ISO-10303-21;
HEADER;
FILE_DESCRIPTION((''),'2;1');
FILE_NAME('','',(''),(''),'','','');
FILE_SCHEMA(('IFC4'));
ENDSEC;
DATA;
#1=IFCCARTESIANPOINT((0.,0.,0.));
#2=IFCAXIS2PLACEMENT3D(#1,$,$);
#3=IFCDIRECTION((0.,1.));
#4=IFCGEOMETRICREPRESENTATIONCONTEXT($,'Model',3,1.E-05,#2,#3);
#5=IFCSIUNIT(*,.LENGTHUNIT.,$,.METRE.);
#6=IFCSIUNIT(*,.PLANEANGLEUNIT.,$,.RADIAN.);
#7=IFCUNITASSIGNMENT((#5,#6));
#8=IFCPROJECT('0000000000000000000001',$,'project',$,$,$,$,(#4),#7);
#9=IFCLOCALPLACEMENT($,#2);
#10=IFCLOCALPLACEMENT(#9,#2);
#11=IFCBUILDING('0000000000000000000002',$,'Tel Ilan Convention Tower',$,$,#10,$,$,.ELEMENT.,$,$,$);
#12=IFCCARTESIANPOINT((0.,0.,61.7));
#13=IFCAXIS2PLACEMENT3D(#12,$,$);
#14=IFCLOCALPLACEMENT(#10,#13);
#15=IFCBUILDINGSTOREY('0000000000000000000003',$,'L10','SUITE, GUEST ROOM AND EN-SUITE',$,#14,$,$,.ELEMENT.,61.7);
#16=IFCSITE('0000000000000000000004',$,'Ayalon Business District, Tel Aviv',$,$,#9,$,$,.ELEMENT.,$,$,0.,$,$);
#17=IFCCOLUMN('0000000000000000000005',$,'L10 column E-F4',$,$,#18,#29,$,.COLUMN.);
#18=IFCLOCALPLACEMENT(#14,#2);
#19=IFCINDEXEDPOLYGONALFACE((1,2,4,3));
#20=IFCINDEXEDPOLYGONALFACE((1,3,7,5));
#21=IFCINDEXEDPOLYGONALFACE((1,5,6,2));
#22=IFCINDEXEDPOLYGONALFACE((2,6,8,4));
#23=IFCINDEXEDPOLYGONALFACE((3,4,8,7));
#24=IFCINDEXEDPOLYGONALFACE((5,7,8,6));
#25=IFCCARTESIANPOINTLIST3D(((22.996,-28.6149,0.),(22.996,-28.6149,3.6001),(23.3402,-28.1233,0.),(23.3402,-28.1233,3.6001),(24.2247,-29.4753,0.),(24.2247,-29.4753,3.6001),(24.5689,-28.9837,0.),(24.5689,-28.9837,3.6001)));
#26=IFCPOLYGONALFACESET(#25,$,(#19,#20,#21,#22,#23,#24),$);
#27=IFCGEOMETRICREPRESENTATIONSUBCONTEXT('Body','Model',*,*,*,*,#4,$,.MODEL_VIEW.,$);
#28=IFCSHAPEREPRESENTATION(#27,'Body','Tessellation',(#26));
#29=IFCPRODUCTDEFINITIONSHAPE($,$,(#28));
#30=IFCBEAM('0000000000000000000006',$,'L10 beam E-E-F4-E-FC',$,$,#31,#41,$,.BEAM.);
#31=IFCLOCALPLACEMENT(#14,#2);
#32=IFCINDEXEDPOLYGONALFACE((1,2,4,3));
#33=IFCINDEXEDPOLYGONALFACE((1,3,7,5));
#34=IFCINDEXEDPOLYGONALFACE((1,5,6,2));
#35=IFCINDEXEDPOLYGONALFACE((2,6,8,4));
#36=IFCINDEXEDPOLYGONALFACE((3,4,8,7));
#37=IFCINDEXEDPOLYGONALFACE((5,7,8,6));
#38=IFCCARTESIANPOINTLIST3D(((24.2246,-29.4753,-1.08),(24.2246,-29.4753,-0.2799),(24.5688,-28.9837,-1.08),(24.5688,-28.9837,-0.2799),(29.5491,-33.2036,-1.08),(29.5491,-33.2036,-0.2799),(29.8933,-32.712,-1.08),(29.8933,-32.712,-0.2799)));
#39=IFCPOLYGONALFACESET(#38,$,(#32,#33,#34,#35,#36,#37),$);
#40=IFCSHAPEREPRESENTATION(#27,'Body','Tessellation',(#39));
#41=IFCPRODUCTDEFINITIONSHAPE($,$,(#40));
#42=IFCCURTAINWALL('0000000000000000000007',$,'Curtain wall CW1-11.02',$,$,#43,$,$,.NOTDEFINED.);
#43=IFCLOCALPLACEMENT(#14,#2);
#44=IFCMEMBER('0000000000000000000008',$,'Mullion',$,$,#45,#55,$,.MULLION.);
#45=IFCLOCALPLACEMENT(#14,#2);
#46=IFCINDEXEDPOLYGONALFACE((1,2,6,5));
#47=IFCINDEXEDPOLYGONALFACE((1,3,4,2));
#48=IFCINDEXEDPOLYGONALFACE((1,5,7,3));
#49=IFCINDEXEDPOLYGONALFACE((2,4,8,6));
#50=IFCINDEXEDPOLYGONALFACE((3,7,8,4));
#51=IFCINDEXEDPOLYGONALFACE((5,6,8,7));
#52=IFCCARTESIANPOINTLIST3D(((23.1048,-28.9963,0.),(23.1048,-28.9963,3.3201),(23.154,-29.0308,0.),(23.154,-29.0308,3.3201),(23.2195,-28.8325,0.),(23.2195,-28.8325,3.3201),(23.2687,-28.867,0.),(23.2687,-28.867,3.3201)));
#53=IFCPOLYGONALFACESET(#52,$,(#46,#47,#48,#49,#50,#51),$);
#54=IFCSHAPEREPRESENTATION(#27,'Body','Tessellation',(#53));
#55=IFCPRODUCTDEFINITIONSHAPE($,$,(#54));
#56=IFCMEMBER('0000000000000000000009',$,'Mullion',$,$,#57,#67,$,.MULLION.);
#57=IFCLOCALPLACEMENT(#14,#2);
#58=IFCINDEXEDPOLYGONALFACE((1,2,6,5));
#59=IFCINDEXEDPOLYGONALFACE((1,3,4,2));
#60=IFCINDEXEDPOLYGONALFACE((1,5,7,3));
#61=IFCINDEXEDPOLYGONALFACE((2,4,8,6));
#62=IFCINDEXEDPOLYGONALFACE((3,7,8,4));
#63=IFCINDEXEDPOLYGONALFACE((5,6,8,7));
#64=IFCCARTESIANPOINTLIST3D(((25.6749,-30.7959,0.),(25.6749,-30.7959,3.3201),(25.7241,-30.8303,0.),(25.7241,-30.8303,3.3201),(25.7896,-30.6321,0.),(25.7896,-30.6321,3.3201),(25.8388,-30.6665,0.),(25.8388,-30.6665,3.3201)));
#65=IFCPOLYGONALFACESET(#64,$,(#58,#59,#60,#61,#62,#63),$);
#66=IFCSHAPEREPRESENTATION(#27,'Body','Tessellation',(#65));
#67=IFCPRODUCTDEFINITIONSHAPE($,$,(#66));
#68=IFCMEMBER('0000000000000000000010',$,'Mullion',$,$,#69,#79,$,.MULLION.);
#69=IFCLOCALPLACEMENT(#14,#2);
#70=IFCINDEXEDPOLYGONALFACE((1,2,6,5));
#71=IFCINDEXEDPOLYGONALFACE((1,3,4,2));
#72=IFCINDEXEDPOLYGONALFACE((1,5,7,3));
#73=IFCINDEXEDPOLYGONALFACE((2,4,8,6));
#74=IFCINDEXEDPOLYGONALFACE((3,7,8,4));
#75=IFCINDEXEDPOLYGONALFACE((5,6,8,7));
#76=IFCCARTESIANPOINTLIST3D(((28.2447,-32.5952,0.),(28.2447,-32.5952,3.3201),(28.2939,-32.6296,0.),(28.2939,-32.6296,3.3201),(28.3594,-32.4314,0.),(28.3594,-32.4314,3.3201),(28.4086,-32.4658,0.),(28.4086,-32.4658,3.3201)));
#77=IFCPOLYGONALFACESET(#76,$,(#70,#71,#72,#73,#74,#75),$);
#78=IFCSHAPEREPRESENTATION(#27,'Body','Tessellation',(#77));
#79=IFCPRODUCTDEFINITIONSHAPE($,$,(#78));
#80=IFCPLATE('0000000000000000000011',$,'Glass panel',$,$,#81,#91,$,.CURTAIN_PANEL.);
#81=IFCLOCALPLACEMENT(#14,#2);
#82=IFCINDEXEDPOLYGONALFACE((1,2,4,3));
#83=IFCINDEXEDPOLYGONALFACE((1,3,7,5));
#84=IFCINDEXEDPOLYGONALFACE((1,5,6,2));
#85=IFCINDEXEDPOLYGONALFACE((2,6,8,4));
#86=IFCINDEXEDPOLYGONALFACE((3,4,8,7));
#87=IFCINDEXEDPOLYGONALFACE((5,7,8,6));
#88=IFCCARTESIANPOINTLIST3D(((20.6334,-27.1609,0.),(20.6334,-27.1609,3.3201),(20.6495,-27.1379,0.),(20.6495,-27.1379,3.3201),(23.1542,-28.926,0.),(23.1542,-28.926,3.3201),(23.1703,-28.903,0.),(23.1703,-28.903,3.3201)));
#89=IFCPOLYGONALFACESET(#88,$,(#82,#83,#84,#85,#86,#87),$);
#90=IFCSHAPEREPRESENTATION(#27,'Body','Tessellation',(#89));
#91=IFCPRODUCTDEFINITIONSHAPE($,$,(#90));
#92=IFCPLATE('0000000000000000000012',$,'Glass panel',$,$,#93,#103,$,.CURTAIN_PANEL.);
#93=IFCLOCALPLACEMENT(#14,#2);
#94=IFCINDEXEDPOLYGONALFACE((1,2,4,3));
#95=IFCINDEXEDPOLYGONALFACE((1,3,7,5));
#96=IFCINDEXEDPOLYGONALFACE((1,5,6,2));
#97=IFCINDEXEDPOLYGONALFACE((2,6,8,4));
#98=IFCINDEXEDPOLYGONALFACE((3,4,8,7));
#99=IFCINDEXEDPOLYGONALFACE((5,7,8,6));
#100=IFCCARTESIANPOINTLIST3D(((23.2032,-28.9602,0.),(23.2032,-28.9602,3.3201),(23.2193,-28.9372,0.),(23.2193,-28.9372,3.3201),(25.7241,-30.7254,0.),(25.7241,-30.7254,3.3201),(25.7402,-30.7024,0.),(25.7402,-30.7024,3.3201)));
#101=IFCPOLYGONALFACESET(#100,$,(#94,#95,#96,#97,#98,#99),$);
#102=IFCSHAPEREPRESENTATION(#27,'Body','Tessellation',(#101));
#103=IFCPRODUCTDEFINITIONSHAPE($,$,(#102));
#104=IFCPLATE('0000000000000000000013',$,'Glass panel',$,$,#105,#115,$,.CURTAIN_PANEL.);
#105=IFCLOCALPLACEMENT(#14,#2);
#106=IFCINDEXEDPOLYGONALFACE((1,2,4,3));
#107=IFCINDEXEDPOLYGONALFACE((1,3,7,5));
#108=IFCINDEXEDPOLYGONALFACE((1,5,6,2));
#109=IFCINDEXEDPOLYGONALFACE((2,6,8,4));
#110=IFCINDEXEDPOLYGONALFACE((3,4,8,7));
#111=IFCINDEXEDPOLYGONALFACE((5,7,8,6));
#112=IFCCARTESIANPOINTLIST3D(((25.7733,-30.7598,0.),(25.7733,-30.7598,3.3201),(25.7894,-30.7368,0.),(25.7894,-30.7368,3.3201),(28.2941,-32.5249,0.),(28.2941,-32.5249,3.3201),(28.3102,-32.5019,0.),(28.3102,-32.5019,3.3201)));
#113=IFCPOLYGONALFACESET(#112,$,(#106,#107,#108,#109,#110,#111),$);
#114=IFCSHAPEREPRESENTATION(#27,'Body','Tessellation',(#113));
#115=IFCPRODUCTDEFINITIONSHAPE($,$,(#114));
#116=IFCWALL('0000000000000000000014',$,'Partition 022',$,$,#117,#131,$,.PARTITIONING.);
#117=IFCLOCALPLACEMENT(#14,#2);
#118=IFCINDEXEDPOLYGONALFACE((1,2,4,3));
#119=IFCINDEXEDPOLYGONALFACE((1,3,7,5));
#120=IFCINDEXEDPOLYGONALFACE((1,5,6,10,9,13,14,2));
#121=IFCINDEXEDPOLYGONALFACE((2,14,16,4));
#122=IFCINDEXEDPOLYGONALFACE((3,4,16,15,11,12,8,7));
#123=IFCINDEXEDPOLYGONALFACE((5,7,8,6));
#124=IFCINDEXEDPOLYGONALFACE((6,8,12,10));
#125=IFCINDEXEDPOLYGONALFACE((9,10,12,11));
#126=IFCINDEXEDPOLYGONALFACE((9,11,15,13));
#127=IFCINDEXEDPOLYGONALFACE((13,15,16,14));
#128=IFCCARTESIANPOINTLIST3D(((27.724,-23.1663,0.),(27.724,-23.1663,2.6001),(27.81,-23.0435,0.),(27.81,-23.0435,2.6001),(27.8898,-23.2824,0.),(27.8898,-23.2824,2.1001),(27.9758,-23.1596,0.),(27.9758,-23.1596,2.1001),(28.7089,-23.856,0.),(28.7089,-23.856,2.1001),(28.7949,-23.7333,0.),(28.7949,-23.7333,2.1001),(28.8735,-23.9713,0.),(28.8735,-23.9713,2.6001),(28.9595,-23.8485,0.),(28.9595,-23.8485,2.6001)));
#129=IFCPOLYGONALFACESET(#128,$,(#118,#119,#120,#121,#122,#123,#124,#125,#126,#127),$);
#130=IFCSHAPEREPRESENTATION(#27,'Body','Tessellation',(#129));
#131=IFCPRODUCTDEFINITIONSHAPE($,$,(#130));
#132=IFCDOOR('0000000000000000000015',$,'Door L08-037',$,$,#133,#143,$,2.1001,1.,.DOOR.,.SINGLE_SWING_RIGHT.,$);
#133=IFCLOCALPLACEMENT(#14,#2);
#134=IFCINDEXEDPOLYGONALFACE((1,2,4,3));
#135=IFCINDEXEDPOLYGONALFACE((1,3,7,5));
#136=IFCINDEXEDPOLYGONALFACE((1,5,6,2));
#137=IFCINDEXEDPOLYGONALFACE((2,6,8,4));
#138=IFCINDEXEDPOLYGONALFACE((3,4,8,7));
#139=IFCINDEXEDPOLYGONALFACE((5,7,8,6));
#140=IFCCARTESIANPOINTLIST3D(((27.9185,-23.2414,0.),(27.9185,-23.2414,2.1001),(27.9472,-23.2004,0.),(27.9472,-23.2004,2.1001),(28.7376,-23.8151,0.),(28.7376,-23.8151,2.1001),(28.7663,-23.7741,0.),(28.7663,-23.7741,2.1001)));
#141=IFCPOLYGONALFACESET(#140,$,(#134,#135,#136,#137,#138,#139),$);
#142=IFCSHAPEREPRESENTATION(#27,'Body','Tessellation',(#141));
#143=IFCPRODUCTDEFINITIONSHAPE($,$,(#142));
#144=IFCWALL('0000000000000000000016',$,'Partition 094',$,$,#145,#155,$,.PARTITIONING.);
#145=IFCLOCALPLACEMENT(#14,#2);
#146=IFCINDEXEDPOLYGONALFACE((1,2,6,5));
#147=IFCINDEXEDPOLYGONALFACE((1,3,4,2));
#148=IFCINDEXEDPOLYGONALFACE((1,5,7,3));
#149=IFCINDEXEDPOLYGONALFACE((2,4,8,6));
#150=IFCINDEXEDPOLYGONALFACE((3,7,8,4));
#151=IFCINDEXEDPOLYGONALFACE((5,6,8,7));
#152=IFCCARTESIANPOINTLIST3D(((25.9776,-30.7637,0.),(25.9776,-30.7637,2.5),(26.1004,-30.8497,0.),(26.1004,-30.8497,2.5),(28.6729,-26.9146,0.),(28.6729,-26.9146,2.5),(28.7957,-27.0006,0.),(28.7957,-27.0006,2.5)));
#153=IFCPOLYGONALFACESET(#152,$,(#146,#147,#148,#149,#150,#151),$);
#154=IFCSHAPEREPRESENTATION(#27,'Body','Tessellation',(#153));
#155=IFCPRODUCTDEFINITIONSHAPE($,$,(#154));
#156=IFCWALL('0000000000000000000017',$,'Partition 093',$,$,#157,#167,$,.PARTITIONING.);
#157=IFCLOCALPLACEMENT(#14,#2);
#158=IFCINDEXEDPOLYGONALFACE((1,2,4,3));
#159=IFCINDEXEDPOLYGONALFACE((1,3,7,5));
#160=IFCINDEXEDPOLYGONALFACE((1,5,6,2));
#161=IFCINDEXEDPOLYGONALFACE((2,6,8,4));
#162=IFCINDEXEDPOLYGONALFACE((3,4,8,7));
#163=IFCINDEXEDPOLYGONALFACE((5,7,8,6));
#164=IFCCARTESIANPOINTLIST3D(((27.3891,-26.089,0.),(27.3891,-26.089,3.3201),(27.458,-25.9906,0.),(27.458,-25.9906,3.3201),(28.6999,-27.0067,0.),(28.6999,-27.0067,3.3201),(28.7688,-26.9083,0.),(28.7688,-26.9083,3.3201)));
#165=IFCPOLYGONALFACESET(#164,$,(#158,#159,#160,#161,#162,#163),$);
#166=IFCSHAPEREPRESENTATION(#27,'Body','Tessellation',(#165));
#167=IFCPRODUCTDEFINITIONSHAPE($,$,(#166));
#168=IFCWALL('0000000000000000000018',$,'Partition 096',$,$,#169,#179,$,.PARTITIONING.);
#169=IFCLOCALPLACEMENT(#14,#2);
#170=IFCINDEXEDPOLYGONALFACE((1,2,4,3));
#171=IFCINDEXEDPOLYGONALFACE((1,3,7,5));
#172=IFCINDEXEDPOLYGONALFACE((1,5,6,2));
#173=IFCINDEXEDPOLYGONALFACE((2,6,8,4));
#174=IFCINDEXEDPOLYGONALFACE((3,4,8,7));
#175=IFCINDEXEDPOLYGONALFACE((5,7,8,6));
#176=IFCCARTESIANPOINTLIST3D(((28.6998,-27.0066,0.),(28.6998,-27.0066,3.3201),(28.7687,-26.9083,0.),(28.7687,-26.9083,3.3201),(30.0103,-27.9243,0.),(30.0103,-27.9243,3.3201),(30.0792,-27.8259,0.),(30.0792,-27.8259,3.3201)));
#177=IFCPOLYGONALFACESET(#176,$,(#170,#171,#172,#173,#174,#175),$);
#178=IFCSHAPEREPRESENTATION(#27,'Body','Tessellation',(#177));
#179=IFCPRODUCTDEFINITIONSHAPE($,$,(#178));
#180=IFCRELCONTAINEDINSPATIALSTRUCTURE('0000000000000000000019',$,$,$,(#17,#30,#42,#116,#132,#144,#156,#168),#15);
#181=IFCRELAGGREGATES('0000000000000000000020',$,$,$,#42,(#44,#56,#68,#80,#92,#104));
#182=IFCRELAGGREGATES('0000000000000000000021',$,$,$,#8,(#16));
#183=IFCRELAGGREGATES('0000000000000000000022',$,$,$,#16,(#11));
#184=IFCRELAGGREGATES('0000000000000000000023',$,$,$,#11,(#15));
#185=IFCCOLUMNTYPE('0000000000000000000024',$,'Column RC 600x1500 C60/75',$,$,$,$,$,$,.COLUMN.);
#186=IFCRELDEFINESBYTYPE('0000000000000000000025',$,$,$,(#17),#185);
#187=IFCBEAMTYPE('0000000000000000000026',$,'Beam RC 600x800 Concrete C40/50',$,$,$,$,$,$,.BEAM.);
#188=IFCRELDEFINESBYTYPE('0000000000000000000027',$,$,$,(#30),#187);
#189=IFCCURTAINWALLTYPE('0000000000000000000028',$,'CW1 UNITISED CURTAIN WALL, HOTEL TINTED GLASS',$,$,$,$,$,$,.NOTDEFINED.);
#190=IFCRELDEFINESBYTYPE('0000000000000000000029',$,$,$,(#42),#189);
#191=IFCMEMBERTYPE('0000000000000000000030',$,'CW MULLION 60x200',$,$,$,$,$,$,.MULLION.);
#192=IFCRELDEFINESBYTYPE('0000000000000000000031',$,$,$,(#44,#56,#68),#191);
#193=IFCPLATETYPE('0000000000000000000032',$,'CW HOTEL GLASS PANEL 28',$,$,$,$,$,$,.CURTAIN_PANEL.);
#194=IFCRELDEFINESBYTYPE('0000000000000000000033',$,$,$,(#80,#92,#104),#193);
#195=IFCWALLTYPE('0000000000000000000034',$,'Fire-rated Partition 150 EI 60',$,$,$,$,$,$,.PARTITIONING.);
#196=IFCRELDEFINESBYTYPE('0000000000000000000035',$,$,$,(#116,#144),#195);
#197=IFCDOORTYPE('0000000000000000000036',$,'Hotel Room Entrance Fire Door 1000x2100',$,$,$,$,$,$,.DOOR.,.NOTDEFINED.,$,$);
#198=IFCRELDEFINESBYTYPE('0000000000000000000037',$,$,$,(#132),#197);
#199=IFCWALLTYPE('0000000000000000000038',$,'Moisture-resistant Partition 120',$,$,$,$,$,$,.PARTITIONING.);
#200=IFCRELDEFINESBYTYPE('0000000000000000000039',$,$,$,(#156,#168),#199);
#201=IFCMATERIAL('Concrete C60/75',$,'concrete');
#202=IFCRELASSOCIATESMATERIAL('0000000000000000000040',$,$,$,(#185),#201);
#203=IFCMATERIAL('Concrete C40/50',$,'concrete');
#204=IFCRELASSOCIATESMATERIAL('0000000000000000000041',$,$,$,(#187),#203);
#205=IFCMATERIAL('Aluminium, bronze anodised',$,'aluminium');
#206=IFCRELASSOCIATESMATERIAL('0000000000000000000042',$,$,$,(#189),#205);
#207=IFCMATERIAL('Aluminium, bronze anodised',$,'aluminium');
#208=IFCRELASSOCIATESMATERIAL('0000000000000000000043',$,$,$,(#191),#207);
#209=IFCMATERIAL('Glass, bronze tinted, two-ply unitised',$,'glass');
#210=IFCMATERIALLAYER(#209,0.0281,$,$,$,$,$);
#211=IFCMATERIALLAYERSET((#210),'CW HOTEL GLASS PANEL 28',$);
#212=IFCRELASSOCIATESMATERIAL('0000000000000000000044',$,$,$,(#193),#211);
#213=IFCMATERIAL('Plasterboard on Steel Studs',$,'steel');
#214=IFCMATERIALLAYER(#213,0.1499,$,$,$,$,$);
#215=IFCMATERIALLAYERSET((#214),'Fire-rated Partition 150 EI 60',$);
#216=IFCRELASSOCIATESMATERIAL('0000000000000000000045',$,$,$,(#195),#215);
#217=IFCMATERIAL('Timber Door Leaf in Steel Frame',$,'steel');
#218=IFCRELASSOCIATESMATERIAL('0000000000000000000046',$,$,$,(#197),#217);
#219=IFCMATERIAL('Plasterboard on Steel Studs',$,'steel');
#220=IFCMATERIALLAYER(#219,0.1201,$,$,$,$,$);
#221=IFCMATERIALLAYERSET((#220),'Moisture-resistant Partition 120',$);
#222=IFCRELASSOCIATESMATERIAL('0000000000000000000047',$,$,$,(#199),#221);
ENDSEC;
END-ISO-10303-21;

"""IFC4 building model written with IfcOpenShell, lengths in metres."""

from ifc_helpers import new_model, si_unit, direction, frame, frame_2d, origin, origin_2d, place, context, subcontext, project, spatial, rectangle, extrude, material, layer, layer_set, material_profile, profile_set, type_object, element, fill, aggregate, save


model = new_model("IFC4")

# Units and contexts
model_context = context("Model", 3, precision=1e-05, world=origin(), true_north=direction((0.0, 1.0)))
body_context = subcontext(model_context, "Body", "Model", "MODEL_VIEW")
ifc_project = project(units=[si_unit("LENGTHUNIT", "METRE"), si_unit("PLANEANGLEUNIT", "RADIAN")], contexts=[model_context])

# Site, building, storey
site_placement = place(None, origin())
site = spatial("IfcSite", under=ifc_project, at=site_placement, Name="Ayalon Business District, Tel Aviv", CompositionType="ELEMENT", RefElevation=0.0)
building_placement = place(site_placement, origin())
building = spatial("IfcBuilding", under=site, at=building_placement, Name="Tel Ilan Convention Tower", CompositionType="ELEMENT")
storey_placement = place(building_placement, frame((0.0, 0.0, 61.7)))
storey = spatial("IfcBuildingStorey", under=building, at=storey_placement, Name="L10", Description="SUITE, GUEST ROOM AND EN-SUITE", CompositionType="ELEMENT", Elevation=61.7)

# Column
ifc_material_1 = material(Name="Concrete C60/75", Category="concrete")
ifc_material_profile_1 = material_profile(ifc_material_1, rectangle(XDim=1.5, YDim=0.6001, at=origin_2d()), Name="RC 600x1500")
ifc_profile_set_1 = profile_set([ifc_material_profile_1], Name="Concrete C60/75")
column_type = type_object("IfcColumnType", Name="Column RC 600x1500 C60/75", PredefinedType="COLUMN", material=ifc_profile_set_1)
column_placement = place(storey_placement, frame((23.7825, -28.7993, 0.0), z_axis=(0.0, 0.0, 1.0), x_axis=(0.819152, -0.573576, 0.0)))
element("IfcColumn", 1, at=column_placement, inside=storey, type_object=column_type, Name="L10 column E-F4", PredefinedType="COLUMN", context=body_context, shape_type="SweptSolid", body=[
    extrude(rectangle(XDim=1.5, YDim=0.6001, at=origin_2d()), origin(), (0.0, 0.0, 1.0), 3.6001),
])

# Beam
ifc_material_2 = material(Name="Concrete C40/50", Category="concrete")
ifc_material_profile_2 = material_profile(ifc_material_2, rectangle(XDim=0.6001, YDim=0.8, at=origin_2d()), Name="RC 600x800")
ifc_profile_set_2 = profile_set([ifc_material_profile_2], Name="Concrete C40/50")
beam_type = type_object("IfcBeamType", Name="Beam RC 600x800 Concrete C40/50", PredefinedType="BEAM", material=ifc_profile_set_2)
beam_placement = place(storey_placement, frame((24.3967, -29.2295, -0.6799), z_axis=(0.819149, -0.573581, 0.0), x_axis=(0.573581, 0.819149, 0.0)))
element("IfcBeam", 2, at=beam_placement, inside=storey, type_object=beam_type, Name="L10 beam E-E-F4-E-FC", PredefinedType="BEAM", context=body_context, shape_type="SweptSolid", body=[
    extrude(rectangle(XDim=0.6001, YDim=0.8, at=origin_2d()), origin(), (0.0, 0.0, 1.0), 6.5),
])

# Curtain wall, members, plates
ifc_material_3 = material(Name="Aluminium, bronze anodised", Category="aluminium")
curtain_wall_type = type_object("IfcCurtainWallType", Name="CW1 UNITISED CURTAIN WALL, HOTEL TINTED GLASS", PredefinedType="NOTDEFINED", material=ifc_material_3)
curtain_wall_placement = place(storey_placement, origin())
curtain_wall = element("IfcCurtainWall", 3, at=curtain_wall_placement, inside=storey, type_object=curtain_wall_type, Name="Curtain wall CW1-11.02", PredefinedType="NOTDEFINED")
ifc_material_4 = material(Name="Aluminium, bronze anodised", Category="aluminium")
ifc_material_profile_3 = material_profile(ifc_material_4, rectangle(XDim=0.0601, YDim=0.2, at=origin_2d()), Name="CW MULLION 60x200")
ifc_profile_set_3 = profile_set([ifc_material_profile_3], Name="Aluminium, bronze anodised")
member_type = type_object("IfcMemberType", Name="CW MULLION 60x200", PredefinedType="MULLION", material=ifc_profile_set_3)
member_1_placement = place(storey_placement, frame((23.1868, -28.9316, 0.0), z_axis=(0.0, 0.0, 1.0), x_axis=(0.819152, -0.573576, 0.0)))
member_1 = element("IfcMember", 4, at=member_1_placement, type_object=member_type, Name="Mullion", PredefinedType="MULLION", context=body_context, shape_type="SweptSolid", body=[
    extrude(rectangle(XDim=0.0601, YDim=0.2, at=origin_2d()), origin(), (0.0, 0.0, 1.0), 3.3201),
])
member_2_placement = place(storey_placement, frame((25.7568, -30.7312, 0.0), z_axis=(0.0, 0.0, 1.0), x_axis=(0.819152, -0.573576, 0.0)))
member_2 = element("IfcMember", 5, at=member_2_placement, type_object=member_type, Name="Mullion", PredefinedType="MULLION", context=body_context, shape_type="SweptSolid", body=[
    extrude(rectangle(XDim=0.0601, YDim=0.2, at=origin_2d()), origin(), (0.0, 0.0, 1.0), 3.3201),
])
member_3_placement = place(storey_placement, frame((28.3267, -32.5305, 0.0), z_axis=(0.0, 0.0, 1.0), x_axis=(0.819152, -0.573576, 0.0)))
member_3 = element("IfcMember", 6, at=member_3_placement, type_object=member_type, Name="Mullion", PredefinedType="MULLION", context=body_context, shape_type="SweptSolid", body=[
    extrude(rectangle(XDim=0.0601, YDim=0.2, at=origin_2d()), origin(), (0.0, 0.0, 1.0), 3.3201),
])
ifc_material_5 = material(Name="Glass, bronze tinted, two-ply unitised", Category="glass")
ifc_layer_1 = layer(ifc_material_5, 0.0281)
ifc_layer_set_1 = layer_set([ifc_layer_1], Name="CW HOTEL GLASS PANEL 28")
plate_type = type_object("IfcPlateType", Name="CW HOTEL GLASS PANEL 28", PredefinedType="CURTAIN_PANEL", material=ifc_layer_set_1)
plate_1_placement = place(storey_placement, frame((21.9019, -28.032, 0.0), z_axis=(0.0, 0.0, 1.0), x_axis=(0.819152, -0.573576, 0.0)))
plate_1 = element("IfcPlate", 7, at=plate_1_placement, type_object=plate_type, Name="Glass panel", PredefinedType="CURTAIN_PANEL", context=body_context, shape_type="SweptSolid", body=[
    extrude(rectangle(XDim=3.0774, YDim=0.0281, at=origin_2d()), origin(), (0.0, 0.0, 1.0), 3.3201),
])
plate_2_placement = place(storey_placement, frame((24.4717, -29.8313, 0.0), z_axis=(0.0, 0.0, 1.0), x_axis=(0.819152, -0.573576, 0.0)))
plate_2 = element("IfcPlate", 8, at=plate_2_placement, type_object=plate_type, Name="Glass panel", PredefinedType="CURTAIN_PANEL", context=body_context, shape_type="SweptSolid", body=[
    extrude(rectangle(XDim=3.0774, YDim=0.0281, at=origin_2d()), origin(), (0.0, 0.0, 1.0), 3.3201),
])
plate_3_placement = place(storey_placement, frame((27.0417, -31.6309, 0.0), z_axis=(0.0, 0.0, 1.0), x_axis=(0.819152, -0.573576, 0.0)))
plate_3 = element("IfcPlate", 9, at=plate_3_placement, type_object=plate_type, Name="Glass panel", PredefinedType="CURTAIN_PANEL", context=body_context, shape_type="SweptSolid", body=[
    extrude(rectangle(XDim=3.0774, YDim=0.0281, at=origin_2d()), origin(), (0.0, 0.0, 1.0), 3.3201),
])
aggregate(curtain_wall, [member_1, member_2, member_3, plate_1, plate_2, plate_3])

# Wall, opening, door
ifc_material_6 = material(Name="Plasterboard on Steel Studs", Category="steel")
ifc_layer_2 = layer(ifc_material_6, 0.1499)
ifc_layer_set_2 = layer_set([ifc_layer_2], Name="Fire-rated Partition 150 EI 60")
wall_type_1 = type_object("IfcWallType", Name="Fire-rated Partition 150 EI 60", PredefinedType="PARTITIONING", material=ifc_layer_set_2)
wall_1_placement = place(storey_placement, frame((28.9165, -23.9099, 0.0), z_axis=(0.0, 0.0, 1.0), x_axis=(-0.819117, 0.573626, 0.0)))
wall_1 = element("IfcWall", 10, at=wall_1_placement, inside=storey, type_object=wall_type_1, Name="Partition 022", PredefinedType="PARTITIONING", context=body_context, shape_type="SweptSolid", body=[
    extrude(rectangle(XDim=1.4033, YDim=0.1499, at=frame_2d((0.7017, 0.0))), origin(), (0.0, 0.0, 1.0), 2.6001),
])
opening_placement = place(wall_1_placement, frame((0.2009, 0.0, 0.0)))
opening = element("IfcOpeningElement", 11, at=opening_placement, cuts=wall_1, PredefinedType="OPENING", context=body_context, shape_type="SweptSolid", body=[
    extrude(rectangle(XDim=1.0, YDim=2.1001, at=frame_2d((0.5, 1.05))), frame((0.0, 0.085, 0.0), z_axis=(0.0, -1.0, 0.0), x_axis=(1.0, 0.0, 0.0)), (0.0, 0.0, 1.0), 0.1699),
])
ifc_material_7 = material(Name="Timber Door Leaf in Steel Frame", Category="steel")
door_type = type_object("IfcDoorType", Name="Hotel Room Entrance Fire Door 1000x2100", OperationType="NOTDEFINED", PredefinedType="DOOR", material=ifc_material_7)
door_placement = place(opening_placement, origin())
door = element("IfcDoor", 12, at=door_placement, inside=storey, type_object=door_type, Name="Door L08-037", OperationType="SINGLE_SWING_RIGHT", OverallHeight=2.1001, OverallWidth=1.0, PredefinedType="DOOR", context=body_context, shape_type="SweptSolid", body=[
    extrude(rectangle(XDim=1.0, YDim=2.1001, at=frame_2d((0.5, 1.05))), frame((0.0, 0.0249, 0.0), z_axis=(0.0, -1.0, 0.0), x_axis=(1.0, 0.0, 0.0)), (0.0, 0.0, 1.0), 0.05),
])
fill(opening, door)

# Walls
wall_2_placement = place(storey_placement, frame((28.7344, -26.9575, 0.0), z_axis=(0.0, 0.0, 1.0), x_axis=(-0.573595, -0.819139, 0.0)))
element("IfcWall", 13, at=wall_2_placement, inside=storey, type_object=wall_type_1, Name="Partition 094", PredefinedType="PARTITIONING", context=body_context, shape_type="SweptSolid", body=[
    extrude(rectangle(XDim=4.699, YDim=0.1499, at=frame_2d((2.3496, 0.0))), origin(), (0.0, 0.0, 1.0), 2.5),
])
ifc_material_8 = material(Name="Plasterboard on Steel Studs", Category="steel")
ifc_layer_3 = layer(ifc_material_8, 0.1201)
ifc_layer_set_3 = layer_set([ifc_layer_3], Name="Moisture-resistant Partition 120")
wall_type_2 = type_object("IfcWallType", Name="Moisture-resistant Partition 120", PredefinedType="PARTITIONING", material=ifc_layer_set_3)
wall_3_placement = place(storey_placement, frame((27.4236, -26.0398, 0.0), z_axis=(0.0, 0.0, 1.0), x_axis=(0.819182, -0.573534, 0.0)))
element("IfcWall", 14, at=wall_3_placement, inside=storey, type_object=wall_type_2, Name="Partition 093", PredefinedType="PARTITIONING", context=body_context, shape_type="SweptSolid", body=[
    extrude(rectangle(XDim=1.6001, YDim=0.1201, at=frame_2d((0.8, 0.0))), origin(), (0.0, 0.0, 1.0), 3.3201),
])
wall_4_placement = place(storey_placement, frame((28.7344, -26.9575, 0.0), z_axis=(0.0, 0.0, 1.0), x_axis=(0.819132, -0.573606, 0.0)))
element("IfcWall", 15, at=wall_4_placement, inside=storey, type_object=wall_type_2, Name="Partition 096", PredefinedType="PARTITIONING", context=body_context, shape_type="SweptSolid", body=[
    extrude(rectangle(XDim=1.5999, YDim=0.1201, at=frame_2d((0.7998, 0.0))), origin(), (0.0, 0.0, 1.0), 3.3201),
])

save(model, "model.ifc")
